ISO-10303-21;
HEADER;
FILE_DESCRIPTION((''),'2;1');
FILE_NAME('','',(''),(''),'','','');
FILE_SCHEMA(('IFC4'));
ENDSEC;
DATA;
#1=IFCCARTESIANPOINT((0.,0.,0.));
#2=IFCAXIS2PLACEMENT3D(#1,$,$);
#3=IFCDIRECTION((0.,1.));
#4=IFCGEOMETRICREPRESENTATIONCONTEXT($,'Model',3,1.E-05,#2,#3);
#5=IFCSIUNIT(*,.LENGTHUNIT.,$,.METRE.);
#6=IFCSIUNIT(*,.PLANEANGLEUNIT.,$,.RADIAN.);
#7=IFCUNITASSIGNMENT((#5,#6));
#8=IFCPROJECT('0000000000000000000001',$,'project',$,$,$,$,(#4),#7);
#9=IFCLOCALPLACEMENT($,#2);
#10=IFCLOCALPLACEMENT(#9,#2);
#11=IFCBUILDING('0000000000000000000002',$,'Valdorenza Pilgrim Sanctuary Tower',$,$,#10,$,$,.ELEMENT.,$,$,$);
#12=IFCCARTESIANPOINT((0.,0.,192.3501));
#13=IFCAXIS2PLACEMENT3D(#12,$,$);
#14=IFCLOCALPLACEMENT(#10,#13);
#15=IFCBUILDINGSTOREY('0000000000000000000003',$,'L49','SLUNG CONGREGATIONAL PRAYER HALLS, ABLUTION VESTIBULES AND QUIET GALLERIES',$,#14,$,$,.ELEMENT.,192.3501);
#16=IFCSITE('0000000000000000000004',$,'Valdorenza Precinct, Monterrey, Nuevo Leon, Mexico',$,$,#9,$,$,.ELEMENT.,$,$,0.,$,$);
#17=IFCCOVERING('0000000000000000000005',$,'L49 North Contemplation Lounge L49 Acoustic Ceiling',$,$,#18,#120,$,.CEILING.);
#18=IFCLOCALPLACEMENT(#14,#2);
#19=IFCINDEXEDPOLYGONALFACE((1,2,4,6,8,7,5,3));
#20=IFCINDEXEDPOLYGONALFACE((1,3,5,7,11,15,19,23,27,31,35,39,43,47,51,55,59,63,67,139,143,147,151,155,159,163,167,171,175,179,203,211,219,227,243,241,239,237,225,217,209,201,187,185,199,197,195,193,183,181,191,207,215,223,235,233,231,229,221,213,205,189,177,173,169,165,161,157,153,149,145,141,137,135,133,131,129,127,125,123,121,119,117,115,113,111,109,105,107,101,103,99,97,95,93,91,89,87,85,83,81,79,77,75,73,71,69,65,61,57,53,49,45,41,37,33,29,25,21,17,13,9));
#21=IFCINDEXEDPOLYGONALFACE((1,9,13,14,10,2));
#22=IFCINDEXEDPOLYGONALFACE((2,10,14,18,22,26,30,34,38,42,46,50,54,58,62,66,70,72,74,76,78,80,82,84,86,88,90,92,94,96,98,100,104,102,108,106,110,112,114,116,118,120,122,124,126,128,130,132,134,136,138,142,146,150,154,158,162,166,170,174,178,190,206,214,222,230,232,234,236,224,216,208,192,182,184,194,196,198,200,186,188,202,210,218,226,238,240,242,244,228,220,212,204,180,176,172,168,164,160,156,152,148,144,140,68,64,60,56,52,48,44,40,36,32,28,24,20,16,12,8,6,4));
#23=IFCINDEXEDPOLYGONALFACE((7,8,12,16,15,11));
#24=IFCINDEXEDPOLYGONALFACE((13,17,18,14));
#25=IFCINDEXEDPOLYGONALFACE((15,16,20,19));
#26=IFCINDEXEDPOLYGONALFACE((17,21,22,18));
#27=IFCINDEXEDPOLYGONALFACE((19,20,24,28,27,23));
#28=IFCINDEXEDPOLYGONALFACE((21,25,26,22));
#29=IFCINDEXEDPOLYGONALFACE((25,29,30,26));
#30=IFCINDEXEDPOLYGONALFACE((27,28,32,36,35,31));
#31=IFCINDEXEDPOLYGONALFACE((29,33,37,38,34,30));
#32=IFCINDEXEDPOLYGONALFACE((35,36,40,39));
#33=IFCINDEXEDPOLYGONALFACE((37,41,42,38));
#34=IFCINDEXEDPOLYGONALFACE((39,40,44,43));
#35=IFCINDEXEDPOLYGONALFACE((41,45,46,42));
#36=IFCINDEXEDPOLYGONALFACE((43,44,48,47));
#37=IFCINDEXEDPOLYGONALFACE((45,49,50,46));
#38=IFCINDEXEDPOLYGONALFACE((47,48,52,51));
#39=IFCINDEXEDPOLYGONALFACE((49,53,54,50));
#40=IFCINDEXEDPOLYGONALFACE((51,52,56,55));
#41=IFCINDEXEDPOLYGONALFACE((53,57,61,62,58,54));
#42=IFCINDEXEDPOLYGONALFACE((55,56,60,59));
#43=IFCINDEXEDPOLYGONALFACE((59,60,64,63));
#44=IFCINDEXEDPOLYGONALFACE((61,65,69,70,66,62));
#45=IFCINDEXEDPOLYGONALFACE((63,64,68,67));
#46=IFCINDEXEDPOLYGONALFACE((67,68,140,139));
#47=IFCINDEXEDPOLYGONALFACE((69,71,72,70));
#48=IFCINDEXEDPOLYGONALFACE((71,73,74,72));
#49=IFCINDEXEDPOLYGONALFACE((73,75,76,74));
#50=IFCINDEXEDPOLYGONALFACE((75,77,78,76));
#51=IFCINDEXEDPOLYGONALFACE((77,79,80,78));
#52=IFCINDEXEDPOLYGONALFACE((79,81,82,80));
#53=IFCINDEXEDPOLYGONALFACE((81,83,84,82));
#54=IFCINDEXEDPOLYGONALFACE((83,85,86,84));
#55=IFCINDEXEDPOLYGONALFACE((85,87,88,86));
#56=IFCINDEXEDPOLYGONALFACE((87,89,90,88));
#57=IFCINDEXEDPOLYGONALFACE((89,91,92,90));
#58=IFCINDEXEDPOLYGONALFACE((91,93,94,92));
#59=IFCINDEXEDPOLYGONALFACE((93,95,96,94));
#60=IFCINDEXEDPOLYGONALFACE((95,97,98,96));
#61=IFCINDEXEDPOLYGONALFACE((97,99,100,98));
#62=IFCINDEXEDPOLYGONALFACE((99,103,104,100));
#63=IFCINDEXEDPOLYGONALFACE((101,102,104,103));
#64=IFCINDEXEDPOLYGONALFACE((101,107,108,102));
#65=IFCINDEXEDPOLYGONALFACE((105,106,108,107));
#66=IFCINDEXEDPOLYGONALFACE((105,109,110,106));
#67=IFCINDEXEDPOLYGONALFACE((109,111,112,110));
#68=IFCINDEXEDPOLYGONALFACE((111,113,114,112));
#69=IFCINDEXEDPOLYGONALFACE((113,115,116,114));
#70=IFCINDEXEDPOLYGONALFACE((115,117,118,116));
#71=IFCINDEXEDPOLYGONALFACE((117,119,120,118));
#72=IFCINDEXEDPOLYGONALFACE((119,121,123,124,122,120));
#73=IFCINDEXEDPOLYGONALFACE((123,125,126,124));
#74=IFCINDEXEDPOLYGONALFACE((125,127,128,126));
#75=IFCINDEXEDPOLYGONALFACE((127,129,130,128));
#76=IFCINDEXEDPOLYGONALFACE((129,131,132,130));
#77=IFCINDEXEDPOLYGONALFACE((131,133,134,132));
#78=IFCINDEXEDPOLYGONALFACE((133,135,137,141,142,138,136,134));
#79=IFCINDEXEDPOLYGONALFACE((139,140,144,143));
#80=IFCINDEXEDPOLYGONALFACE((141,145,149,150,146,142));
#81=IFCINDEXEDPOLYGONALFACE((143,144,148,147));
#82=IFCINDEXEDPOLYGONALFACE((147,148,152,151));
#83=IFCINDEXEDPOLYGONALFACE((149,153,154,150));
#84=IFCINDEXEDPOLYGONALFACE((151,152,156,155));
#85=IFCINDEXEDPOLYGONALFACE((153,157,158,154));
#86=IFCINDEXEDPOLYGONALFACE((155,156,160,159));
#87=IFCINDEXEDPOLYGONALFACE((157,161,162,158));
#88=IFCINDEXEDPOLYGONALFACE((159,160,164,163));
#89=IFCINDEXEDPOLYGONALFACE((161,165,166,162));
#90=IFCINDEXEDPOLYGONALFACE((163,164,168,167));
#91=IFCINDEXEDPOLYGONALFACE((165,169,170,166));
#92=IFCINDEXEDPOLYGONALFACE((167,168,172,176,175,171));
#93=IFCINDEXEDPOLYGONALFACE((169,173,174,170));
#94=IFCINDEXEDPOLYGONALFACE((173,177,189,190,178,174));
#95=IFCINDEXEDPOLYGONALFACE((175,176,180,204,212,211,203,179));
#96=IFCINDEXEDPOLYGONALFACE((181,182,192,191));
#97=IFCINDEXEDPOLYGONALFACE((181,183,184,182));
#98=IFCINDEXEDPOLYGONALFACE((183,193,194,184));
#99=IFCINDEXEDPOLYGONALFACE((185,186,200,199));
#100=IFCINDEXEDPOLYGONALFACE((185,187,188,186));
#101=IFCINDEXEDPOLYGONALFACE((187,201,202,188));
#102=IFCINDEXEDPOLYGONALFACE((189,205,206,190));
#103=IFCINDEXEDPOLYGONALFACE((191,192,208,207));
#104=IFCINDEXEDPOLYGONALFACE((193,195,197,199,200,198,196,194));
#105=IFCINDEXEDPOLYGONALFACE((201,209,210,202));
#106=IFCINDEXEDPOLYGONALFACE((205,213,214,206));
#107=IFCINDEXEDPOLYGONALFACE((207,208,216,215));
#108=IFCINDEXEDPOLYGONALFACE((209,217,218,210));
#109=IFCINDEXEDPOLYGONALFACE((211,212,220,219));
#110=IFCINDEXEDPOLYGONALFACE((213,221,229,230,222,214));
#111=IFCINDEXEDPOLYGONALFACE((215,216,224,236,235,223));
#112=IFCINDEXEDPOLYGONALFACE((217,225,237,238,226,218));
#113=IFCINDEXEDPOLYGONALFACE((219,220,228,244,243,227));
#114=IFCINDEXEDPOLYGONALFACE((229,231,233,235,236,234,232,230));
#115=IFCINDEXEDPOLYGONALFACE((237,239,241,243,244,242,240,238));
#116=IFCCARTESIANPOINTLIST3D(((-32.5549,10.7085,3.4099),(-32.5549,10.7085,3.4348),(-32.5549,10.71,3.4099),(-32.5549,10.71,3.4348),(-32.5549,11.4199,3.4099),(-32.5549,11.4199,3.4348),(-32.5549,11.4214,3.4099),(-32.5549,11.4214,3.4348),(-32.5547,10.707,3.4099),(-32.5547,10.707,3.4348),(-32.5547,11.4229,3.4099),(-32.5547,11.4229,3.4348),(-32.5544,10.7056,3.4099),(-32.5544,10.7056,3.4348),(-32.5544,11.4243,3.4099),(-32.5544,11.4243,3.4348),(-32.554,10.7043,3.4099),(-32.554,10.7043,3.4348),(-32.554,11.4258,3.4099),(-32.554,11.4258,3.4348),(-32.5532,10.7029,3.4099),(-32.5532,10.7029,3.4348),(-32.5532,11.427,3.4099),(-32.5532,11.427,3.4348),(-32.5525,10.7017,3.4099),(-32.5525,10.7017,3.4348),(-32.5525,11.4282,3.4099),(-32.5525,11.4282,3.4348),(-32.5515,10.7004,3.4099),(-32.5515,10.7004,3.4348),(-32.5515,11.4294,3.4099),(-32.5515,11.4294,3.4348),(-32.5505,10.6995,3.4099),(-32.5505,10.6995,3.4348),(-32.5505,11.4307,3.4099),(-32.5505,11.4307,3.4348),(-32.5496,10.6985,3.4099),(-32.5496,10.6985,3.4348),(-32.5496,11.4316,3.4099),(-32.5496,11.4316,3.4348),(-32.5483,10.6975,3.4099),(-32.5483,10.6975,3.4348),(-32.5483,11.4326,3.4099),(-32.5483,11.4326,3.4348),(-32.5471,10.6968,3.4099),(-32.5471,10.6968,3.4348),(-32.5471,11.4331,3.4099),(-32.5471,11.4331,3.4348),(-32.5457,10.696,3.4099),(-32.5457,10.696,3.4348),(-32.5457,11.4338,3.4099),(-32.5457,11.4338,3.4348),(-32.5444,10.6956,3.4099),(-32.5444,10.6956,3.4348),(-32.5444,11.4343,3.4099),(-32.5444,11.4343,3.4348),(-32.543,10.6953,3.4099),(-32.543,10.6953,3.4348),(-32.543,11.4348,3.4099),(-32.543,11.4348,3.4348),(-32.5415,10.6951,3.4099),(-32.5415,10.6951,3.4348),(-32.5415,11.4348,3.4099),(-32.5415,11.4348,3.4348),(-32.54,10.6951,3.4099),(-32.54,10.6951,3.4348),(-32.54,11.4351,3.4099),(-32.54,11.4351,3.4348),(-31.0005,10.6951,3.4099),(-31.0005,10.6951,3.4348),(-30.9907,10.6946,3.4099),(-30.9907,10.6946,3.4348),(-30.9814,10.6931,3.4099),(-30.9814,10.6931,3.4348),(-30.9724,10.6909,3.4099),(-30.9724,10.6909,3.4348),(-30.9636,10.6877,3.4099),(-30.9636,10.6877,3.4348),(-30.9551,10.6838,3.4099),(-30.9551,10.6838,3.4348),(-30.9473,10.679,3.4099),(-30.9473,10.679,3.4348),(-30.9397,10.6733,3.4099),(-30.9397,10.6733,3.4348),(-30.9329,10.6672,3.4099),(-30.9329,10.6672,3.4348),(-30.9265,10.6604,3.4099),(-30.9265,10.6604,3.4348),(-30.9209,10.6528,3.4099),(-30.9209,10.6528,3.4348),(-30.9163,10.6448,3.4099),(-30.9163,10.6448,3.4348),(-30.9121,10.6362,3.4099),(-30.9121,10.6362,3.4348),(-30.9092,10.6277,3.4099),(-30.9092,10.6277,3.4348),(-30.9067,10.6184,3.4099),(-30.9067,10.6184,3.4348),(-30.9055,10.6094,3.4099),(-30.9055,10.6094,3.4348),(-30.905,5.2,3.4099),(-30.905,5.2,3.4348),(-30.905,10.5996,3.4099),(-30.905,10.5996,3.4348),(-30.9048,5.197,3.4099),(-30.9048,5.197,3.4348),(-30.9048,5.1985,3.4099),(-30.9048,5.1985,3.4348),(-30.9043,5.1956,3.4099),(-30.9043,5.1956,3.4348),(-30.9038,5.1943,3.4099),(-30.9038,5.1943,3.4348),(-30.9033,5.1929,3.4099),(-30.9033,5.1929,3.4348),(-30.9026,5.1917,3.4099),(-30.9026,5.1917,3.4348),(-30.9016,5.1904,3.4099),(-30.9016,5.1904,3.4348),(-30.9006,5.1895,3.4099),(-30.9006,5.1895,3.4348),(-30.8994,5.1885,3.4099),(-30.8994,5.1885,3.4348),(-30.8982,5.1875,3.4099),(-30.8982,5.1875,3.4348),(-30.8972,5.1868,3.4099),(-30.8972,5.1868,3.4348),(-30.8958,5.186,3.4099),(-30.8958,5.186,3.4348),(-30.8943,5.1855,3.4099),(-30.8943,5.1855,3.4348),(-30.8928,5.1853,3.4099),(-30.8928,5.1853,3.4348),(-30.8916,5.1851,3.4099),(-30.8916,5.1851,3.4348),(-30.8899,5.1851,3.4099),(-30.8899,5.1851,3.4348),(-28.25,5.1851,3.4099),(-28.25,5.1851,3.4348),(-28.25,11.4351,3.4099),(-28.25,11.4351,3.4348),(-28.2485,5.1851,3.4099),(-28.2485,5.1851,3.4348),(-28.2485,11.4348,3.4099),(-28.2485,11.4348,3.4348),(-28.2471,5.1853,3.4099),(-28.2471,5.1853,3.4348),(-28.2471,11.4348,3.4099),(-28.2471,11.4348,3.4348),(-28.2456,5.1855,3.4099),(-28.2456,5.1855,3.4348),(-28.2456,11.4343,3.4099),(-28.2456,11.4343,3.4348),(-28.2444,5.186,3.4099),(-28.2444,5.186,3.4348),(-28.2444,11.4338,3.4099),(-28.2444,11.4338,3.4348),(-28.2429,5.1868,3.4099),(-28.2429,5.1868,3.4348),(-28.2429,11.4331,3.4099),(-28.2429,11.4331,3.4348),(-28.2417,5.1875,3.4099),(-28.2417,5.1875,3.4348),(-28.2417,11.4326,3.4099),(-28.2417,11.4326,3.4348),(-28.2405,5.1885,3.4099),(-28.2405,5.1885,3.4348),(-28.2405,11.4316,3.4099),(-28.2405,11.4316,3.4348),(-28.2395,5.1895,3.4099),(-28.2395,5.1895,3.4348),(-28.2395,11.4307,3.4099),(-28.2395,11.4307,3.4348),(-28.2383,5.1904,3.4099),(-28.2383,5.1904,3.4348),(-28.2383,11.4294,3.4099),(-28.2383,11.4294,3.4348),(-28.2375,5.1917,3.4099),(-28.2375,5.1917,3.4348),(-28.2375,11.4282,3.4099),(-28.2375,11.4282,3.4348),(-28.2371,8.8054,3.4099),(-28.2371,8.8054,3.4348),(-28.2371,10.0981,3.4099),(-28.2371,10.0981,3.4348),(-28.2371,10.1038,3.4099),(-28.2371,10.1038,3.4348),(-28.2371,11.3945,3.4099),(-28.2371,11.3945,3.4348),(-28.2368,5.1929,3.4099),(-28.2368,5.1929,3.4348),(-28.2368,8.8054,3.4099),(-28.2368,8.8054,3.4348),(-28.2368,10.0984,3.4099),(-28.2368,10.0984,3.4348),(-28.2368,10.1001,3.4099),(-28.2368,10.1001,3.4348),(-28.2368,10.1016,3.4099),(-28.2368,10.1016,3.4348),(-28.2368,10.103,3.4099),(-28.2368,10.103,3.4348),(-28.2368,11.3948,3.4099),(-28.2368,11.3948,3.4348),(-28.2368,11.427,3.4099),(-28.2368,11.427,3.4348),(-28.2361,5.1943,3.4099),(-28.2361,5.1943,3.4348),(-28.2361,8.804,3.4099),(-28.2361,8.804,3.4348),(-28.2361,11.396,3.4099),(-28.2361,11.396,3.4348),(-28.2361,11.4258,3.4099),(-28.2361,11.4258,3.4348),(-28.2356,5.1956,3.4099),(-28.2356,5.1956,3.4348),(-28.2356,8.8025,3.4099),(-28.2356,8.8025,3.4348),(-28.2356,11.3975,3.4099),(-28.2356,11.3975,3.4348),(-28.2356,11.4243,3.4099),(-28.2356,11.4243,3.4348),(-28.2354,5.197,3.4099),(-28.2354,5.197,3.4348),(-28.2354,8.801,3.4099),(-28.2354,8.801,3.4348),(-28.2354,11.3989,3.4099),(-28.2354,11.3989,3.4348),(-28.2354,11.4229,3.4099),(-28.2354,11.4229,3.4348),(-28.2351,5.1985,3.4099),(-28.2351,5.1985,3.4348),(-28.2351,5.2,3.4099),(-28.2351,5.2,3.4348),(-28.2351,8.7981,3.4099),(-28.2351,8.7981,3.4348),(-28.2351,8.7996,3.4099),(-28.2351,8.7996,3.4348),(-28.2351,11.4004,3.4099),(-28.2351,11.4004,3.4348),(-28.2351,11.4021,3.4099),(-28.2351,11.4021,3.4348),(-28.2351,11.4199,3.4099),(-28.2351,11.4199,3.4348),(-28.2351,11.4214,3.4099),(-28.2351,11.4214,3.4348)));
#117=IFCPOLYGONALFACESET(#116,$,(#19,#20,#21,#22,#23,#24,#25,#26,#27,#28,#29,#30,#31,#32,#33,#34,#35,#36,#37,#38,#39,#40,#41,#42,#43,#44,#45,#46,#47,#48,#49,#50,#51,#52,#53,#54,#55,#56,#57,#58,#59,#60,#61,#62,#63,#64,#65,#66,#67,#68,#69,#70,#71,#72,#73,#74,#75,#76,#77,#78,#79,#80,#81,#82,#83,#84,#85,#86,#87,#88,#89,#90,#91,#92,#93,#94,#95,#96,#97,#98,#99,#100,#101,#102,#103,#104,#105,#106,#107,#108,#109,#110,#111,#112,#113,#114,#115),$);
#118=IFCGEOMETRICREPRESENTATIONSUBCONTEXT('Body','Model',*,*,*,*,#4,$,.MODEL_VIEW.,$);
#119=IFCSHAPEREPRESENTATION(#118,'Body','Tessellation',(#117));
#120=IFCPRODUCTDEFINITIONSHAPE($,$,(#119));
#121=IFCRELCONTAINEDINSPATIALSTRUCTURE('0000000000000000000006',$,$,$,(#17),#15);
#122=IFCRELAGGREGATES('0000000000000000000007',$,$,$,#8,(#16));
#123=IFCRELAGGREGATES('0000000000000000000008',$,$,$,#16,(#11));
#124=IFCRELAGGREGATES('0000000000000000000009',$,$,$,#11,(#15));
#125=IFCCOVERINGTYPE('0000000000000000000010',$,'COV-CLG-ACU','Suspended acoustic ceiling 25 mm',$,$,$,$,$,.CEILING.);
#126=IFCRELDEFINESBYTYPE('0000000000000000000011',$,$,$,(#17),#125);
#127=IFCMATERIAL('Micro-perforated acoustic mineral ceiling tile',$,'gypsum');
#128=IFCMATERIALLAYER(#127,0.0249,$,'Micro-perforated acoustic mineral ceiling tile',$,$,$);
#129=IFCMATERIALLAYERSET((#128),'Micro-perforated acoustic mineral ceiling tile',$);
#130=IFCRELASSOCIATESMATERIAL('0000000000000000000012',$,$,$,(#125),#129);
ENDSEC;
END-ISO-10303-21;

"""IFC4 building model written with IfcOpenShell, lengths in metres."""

from ifc_helpers import new_model, si_unit, direction, frame, origin, place, context, subcontext, project, spatial, polyline, outline, extrude, material, layer, layer_set, type_object, element, save


model = new_model("IFC4")

# Units and contexts
model_context = context("Model", 3, precision=1e-05, world=origin(), true_north=direction((0.0, 1.0)))
body_context = subcontext(model_context, "Body", "Model", "MODEL_VIEW")
ifc_project = project(units=[si_unit("LENGTHUNIT", "METRE"), si_unit("PLANEANGLEUNIT", "RADIAN")], contexts=[model_context])

# Site, building, storey
site_placement = place(None, origin())
site = spatial("IfcSite", under=ifc_project, at=site_placement, Name="Valdorenza Precinct, Monterrey, Nuevo Leon, Mexico", CompositionType="ELEMENT", RefElevation=0.0)
building_placement = place(site_placement, origin())
building = spatial("IfcBuilding", under=site, at=building_placement, Name="Valdorenza Pilgrim Sanctuary Tower", CompositionType="ELEMENT")
storey_placement = place(building_placement, frame((0.0, 0.0, 192.3501)))
storey = spatial("IfcBuildingStorey", under=building, at=storey_placement, Name="L49", Description="SLUNG CONGREGATIONAL PRAYER HALLS, ABLUTION VESTIBULES AND QUIET GALLERIES", CompositionType="ELEMENT", Elevation=192.3501)

# Covering
ifc_material_1 = material(Name="Micro-perforated acoustic mineral ceiling tile", Category="gypsum")
ifc_layer_1 = layer(ifc_material_1, 0.0249, Name="Micro-perforated acoustic mineral ceiling tile")
ifc_layer_set_1 = layer_set([ifc_layer_1], Name="Micro-perforated acoustic mineral ceiling tile")
covering_type_1 = type_object("IfcCoveringType", Name="COV-CLG-ACU", Description="Suspended acoustic ceiling 25 mm", PredefinedType="CEILING", material=ifc_layer_set_1)
covering_1_placement = place(storey_placement, frame((0.0, 0.0, 3.4099)))
element("IfcCovering", 1, at=covering_1_placement, inside=storey, type_object=covering_type_1, Name="L49 North Contemplation Lounge L49 Acoustic Ceiling", PredefinedType="CEILING", context=body_context, shape_type="SweptSolid", body=[
    extrude(outline(polyline([(-28.2371, 8.8054), (-28.2368, 8.8054), (-28.2361, 8.804), (-28.2356, 8.8025), (-28.2354, 8.801), (-28.2351, 8.7996), (-28.2351, 8.7981), (-28.2351, 5.2), (-28.2351, 5.1985), (-28.2354, 5.197), (-28.2356, 5.1956), (-28.2361, 5.1943), (-28.2368, 5.1929), (-28.2375, 5.1917), (-28.2383, 5.1904), (-28.2395, 5.1895), (-28.2405, 5.1885), (-28.2417, 5.1875), (-28.2429, 5.1868), (-28.2444, 5.186), (-28.2456, 5.1855), (-28.2471, 5.1853), (-28.2485, 5.1851), (-28.25, 5.1851), (-30.8899, 5.1851), (-30.8916, 5.1851), (-30.8928, 5.1853), (-30.8943, 5.1855), (-30.8958, 5.186), (-30.8972, 5.1868), (-30.8982, 5.1875), (-30.8994, 5.1885), (-30.9006, 5.1895), (-30.9016, 5.1904), (-30.9026, 5.1917), (-30.9033, 5.1929), (-30.9038, 5.1943), (-30.9043, 5.1956), (-30.9048, 5.197), (-30.9048, 5.1985), (-30.905, 5.2), (-30.905, 10.5996), (-30.9055, 10.6094), (-30.9067, 10.6184), (-30.9092, 10.6277), (-30.9121, 10.6362), (-30.9163, 10.6448), (-30.9209, 10.6528), (-30.9265, 10.6604), (-30.9329, 10.6672), (-30.9397, 10.6733), (-30.9473, 10.679), (-30.9551, 10.6838), (-30.9636, 10.6877), (-30.9724, 10.6909), (-30.9814, 10.6931), (-30.9907, 10.6946), (-31.0005, 10.6951), (-32.54, 10.6951), (-32.5415, 10.6951), (-32.543, 10.6953), (-32.5444, 10.6956), (-32.5457, 10.696), (-32.5471, 10.6968), (-32.5483, 10.6975), (-32.5496, 10.6985), (-32.5505, 10.6995), (-32.5515, 10.7004), (-32.5525, 10.7017), (-32.5532, 10.7029), (-32.554, 10.7043), (-32.5544, 10.7056), (-32.5547, 10.707), (-32.5549, 10.7085), (-32.5549, 10.71), (-32.5549, 11.4199), (-32.5549, 11.4214), (-32.5547, 11.4229), (-32.5544, 11.4243), (-32.554, 11.4258), (-32.5532, 11.427), (-32.5525, 11.4282), (-32.5515, 11.4294), (-32.5505, 11.4307), (-32.5496, 11.4316), (-32.5483, 11.4326), (-32.5471, 11.4331), (-32.5457, 11.4338), (-32.5444, 11.4343), (-32.543, 11.4348), (-32.5415, 11.4348), (-32.54, 11.4351), (-28.25, 11.4351), (-28.2485, 11.4348), (-28.2471, 11.4348), (-28.2456, 11.4343), (-28.2444, 11.4338), (-28.2429, 11.4331), (-28.2417, 11.4326), (-28.2405, 11.4316), (-28.2395, 11.4307), (-28.2383, 11.4294), (-28.2375, 11.4282), (-28.2368, 11.427), (-28.2361, 11.4258), (-28.2356, 11.4243), (-28.2354, 11.4229), (-28.2351, 11.4214), (-28.2351, 11.4199), (-28.2351, 11.4021), (-28.2351, 11.4004), (-28.2354, 11.3989), (-28.2356, 11.3975), (-28.2361, 11.396), (-28.2368, 11.3948), (-28.2371, 11.3945), (-28.2371, 10.1038), (-28.2368, 10.103), (-28.2368, 10.1016), (-28.2368, 10.1001), (-28.2368, 10.0984), (-28.2371, 10.0981), (-28.2371, 8.8054)])), origin(), (0.0, 0.0, 1.0), 0.0249),
])

save(model, "model.ifc")
